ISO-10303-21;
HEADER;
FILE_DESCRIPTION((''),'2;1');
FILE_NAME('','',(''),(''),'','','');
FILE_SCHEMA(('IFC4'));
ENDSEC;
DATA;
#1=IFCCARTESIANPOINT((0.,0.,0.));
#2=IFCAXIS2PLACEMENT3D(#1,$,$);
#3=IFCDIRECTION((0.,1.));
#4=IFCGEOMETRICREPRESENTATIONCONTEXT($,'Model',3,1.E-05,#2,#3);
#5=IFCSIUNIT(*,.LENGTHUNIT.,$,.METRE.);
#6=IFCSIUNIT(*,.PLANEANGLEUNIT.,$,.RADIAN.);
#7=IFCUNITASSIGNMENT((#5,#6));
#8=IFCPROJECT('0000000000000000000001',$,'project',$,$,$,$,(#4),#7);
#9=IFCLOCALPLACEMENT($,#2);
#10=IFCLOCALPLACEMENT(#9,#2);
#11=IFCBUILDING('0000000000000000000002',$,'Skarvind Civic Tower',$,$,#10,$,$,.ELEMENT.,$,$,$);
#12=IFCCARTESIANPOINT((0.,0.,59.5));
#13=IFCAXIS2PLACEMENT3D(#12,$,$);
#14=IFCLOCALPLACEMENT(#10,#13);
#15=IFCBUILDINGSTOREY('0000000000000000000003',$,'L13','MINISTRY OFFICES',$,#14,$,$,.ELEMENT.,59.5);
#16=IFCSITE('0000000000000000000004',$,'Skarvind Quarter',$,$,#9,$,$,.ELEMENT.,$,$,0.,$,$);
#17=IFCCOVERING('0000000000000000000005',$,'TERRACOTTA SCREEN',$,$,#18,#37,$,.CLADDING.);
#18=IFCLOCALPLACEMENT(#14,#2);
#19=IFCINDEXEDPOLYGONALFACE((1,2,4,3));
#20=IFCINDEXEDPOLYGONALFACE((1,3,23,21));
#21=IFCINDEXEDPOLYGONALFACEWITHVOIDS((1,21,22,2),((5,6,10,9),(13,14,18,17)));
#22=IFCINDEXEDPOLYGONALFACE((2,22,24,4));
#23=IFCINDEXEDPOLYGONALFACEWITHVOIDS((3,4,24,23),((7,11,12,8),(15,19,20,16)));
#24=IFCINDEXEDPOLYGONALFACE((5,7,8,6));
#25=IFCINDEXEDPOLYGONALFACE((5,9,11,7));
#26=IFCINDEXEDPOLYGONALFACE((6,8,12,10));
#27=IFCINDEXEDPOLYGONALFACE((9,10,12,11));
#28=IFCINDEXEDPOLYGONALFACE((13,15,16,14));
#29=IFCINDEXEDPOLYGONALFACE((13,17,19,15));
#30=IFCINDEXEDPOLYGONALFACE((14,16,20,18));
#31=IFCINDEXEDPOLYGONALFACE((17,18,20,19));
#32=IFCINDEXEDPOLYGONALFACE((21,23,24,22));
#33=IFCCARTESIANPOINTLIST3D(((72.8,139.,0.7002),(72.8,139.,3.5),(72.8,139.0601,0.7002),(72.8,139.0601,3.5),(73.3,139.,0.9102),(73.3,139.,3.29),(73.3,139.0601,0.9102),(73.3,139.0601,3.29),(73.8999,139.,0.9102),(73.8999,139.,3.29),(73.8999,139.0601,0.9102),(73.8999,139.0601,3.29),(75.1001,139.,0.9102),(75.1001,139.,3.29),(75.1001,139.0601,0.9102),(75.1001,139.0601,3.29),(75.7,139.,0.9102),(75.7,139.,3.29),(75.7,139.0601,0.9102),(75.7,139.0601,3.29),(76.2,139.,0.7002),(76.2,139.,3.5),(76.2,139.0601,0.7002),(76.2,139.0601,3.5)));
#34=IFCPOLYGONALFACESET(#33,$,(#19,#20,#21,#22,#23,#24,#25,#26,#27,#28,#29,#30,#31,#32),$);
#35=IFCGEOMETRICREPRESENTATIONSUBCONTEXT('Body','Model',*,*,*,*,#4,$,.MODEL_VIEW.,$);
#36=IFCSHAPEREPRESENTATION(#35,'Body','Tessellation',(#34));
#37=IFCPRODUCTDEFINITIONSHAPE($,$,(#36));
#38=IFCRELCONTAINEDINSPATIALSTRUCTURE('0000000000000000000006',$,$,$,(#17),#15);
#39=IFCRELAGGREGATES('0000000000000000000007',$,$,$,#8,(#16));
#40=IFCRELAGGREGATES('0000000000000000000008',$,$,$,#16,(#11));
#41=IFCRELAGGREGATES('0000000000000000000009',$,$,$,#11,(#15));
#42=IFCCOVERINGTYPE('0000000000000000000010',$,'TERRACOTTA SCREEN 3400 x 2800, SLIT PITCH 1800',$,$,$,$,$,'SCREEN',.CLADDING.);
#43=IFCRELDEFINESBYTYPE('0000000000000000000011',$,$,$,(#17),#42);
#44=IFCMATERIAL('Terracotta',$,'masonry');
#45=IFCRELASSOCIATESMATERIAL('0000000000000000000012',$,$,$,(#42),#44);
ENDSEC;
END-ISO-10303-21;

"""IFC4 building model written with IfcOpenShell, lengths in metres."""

from ifc_helpers import new_model, si_unit, direction, frame, origin, place, context, subcontext, project, spatial, polyline, outline, extrude, material, material_profile, profile_set, type_object, element, save


model = new_model("IFC4")

# Units and contexts
model_context = context("Model", 3, precision=1e-05, world=origin(), true_north=direction((0.0, 1.0)))
body_context = subcontext(model_context, "Body", "Model", "MODEL_VIEW")
ifc_project = project(units=[si_unit("LENGTHUNIT", "METRE"), si_unit("PLANEANGLEUNIT", "RADIAN")], contexts=[model_context])

# Site, building, storey
site_placement = place(None, origin())
site = spatial("IfcSite", under=ifc_project, at=site_placement, Name="Skarvind Quarter", CompositionType="ELEMENT", RefElevation=0.0)
building_placement = place(site_placement, origin())
building = spatial("IfcBuilding", under=site, at=building_placement, Name="Skarvind Civic Tower", CompositionType="ELEMENT")
storey_placement = place(building_placement, frame((0.0, 0.0, 59.5)))
storey = spatial("IfcBuildingStorey", under=building, at=storey_placement, Name="L13", Description="MINISTRY OFFICES", CompositionType="ELEMENT", Elevation=59.5)

# Covering
ifc_material_1 = material(Name="Terracotta", Category="masonry")
ifc_material_profile_1 = material_profile(ifc_material_1, outline(polyline([(-1.7, -1.3999), (1.7, -1.3999), (1.7, 1.3999), (-1.7, 1.3999), (-1.7, -1.3999)]), holes=[polyline([(-1.2, -1.1899), (-0.6001, -1.1899), (-0.6001, 1.1899), (-1.2, 1.1899), (-1.2, -1.1899)]), polyline([(0.6001, -1.1899), (1.2, -1.1899), (1.2, 1.1899), (0.6001, 1.1899), (0.6001, -1.1899)])]), Name="TERRACOTTA SCREEN 3400 x 2800, SLIT PITCH 1800")
ifc_profile_set_1 = profile_set([ifc_material_profile_1], Name="Terracotta")
covering_type_1 = type_object("IfcCoveringType", Name="TERRACOTTA SCREEN 3400 x 2800, SLIT PITCH 1800", ElementType="SCREEN", PredefinedType="CLADDING", material=ifc_profile_set_1)
covering_placement = place(storey_placement, frame((74.5, 139.0, 2.1001), z_axis=(0.0, 1.0, 0.0), x_axis=(-1.0, 0.0, 0.0)))
element("IfcCovering", 1, at=covering_placement, inside=storey, type_object=covering_type_1, Name="TERRACOTTA SCREEN", PredefinedType="CLADDING", context=body_context, shape_type="SweptSolid", body=[
    extrude(outline(polyline([(-1.7, -1.3999), (1.7, -1.3999), (1.7, 1.3999), (-1.7, 1.3999), (-1.7, -1.3999)]), holes=[polyline([(-1.2, -1.1899), (-0.6001, -1.1899), (-0.6001, 1.1899), (-1.2, 1.1899), (-1.2, -1.1899)]), polyline([(0.6001, -1.1899), (1.2, -1.1899), (1.2, 1.1899), (0.6001, 1.1899), (0.6001, -1.1899)])]), origin(), (0.0, 0.0, 1.0), 0.0601),
])

save(model, "model.ifc")
